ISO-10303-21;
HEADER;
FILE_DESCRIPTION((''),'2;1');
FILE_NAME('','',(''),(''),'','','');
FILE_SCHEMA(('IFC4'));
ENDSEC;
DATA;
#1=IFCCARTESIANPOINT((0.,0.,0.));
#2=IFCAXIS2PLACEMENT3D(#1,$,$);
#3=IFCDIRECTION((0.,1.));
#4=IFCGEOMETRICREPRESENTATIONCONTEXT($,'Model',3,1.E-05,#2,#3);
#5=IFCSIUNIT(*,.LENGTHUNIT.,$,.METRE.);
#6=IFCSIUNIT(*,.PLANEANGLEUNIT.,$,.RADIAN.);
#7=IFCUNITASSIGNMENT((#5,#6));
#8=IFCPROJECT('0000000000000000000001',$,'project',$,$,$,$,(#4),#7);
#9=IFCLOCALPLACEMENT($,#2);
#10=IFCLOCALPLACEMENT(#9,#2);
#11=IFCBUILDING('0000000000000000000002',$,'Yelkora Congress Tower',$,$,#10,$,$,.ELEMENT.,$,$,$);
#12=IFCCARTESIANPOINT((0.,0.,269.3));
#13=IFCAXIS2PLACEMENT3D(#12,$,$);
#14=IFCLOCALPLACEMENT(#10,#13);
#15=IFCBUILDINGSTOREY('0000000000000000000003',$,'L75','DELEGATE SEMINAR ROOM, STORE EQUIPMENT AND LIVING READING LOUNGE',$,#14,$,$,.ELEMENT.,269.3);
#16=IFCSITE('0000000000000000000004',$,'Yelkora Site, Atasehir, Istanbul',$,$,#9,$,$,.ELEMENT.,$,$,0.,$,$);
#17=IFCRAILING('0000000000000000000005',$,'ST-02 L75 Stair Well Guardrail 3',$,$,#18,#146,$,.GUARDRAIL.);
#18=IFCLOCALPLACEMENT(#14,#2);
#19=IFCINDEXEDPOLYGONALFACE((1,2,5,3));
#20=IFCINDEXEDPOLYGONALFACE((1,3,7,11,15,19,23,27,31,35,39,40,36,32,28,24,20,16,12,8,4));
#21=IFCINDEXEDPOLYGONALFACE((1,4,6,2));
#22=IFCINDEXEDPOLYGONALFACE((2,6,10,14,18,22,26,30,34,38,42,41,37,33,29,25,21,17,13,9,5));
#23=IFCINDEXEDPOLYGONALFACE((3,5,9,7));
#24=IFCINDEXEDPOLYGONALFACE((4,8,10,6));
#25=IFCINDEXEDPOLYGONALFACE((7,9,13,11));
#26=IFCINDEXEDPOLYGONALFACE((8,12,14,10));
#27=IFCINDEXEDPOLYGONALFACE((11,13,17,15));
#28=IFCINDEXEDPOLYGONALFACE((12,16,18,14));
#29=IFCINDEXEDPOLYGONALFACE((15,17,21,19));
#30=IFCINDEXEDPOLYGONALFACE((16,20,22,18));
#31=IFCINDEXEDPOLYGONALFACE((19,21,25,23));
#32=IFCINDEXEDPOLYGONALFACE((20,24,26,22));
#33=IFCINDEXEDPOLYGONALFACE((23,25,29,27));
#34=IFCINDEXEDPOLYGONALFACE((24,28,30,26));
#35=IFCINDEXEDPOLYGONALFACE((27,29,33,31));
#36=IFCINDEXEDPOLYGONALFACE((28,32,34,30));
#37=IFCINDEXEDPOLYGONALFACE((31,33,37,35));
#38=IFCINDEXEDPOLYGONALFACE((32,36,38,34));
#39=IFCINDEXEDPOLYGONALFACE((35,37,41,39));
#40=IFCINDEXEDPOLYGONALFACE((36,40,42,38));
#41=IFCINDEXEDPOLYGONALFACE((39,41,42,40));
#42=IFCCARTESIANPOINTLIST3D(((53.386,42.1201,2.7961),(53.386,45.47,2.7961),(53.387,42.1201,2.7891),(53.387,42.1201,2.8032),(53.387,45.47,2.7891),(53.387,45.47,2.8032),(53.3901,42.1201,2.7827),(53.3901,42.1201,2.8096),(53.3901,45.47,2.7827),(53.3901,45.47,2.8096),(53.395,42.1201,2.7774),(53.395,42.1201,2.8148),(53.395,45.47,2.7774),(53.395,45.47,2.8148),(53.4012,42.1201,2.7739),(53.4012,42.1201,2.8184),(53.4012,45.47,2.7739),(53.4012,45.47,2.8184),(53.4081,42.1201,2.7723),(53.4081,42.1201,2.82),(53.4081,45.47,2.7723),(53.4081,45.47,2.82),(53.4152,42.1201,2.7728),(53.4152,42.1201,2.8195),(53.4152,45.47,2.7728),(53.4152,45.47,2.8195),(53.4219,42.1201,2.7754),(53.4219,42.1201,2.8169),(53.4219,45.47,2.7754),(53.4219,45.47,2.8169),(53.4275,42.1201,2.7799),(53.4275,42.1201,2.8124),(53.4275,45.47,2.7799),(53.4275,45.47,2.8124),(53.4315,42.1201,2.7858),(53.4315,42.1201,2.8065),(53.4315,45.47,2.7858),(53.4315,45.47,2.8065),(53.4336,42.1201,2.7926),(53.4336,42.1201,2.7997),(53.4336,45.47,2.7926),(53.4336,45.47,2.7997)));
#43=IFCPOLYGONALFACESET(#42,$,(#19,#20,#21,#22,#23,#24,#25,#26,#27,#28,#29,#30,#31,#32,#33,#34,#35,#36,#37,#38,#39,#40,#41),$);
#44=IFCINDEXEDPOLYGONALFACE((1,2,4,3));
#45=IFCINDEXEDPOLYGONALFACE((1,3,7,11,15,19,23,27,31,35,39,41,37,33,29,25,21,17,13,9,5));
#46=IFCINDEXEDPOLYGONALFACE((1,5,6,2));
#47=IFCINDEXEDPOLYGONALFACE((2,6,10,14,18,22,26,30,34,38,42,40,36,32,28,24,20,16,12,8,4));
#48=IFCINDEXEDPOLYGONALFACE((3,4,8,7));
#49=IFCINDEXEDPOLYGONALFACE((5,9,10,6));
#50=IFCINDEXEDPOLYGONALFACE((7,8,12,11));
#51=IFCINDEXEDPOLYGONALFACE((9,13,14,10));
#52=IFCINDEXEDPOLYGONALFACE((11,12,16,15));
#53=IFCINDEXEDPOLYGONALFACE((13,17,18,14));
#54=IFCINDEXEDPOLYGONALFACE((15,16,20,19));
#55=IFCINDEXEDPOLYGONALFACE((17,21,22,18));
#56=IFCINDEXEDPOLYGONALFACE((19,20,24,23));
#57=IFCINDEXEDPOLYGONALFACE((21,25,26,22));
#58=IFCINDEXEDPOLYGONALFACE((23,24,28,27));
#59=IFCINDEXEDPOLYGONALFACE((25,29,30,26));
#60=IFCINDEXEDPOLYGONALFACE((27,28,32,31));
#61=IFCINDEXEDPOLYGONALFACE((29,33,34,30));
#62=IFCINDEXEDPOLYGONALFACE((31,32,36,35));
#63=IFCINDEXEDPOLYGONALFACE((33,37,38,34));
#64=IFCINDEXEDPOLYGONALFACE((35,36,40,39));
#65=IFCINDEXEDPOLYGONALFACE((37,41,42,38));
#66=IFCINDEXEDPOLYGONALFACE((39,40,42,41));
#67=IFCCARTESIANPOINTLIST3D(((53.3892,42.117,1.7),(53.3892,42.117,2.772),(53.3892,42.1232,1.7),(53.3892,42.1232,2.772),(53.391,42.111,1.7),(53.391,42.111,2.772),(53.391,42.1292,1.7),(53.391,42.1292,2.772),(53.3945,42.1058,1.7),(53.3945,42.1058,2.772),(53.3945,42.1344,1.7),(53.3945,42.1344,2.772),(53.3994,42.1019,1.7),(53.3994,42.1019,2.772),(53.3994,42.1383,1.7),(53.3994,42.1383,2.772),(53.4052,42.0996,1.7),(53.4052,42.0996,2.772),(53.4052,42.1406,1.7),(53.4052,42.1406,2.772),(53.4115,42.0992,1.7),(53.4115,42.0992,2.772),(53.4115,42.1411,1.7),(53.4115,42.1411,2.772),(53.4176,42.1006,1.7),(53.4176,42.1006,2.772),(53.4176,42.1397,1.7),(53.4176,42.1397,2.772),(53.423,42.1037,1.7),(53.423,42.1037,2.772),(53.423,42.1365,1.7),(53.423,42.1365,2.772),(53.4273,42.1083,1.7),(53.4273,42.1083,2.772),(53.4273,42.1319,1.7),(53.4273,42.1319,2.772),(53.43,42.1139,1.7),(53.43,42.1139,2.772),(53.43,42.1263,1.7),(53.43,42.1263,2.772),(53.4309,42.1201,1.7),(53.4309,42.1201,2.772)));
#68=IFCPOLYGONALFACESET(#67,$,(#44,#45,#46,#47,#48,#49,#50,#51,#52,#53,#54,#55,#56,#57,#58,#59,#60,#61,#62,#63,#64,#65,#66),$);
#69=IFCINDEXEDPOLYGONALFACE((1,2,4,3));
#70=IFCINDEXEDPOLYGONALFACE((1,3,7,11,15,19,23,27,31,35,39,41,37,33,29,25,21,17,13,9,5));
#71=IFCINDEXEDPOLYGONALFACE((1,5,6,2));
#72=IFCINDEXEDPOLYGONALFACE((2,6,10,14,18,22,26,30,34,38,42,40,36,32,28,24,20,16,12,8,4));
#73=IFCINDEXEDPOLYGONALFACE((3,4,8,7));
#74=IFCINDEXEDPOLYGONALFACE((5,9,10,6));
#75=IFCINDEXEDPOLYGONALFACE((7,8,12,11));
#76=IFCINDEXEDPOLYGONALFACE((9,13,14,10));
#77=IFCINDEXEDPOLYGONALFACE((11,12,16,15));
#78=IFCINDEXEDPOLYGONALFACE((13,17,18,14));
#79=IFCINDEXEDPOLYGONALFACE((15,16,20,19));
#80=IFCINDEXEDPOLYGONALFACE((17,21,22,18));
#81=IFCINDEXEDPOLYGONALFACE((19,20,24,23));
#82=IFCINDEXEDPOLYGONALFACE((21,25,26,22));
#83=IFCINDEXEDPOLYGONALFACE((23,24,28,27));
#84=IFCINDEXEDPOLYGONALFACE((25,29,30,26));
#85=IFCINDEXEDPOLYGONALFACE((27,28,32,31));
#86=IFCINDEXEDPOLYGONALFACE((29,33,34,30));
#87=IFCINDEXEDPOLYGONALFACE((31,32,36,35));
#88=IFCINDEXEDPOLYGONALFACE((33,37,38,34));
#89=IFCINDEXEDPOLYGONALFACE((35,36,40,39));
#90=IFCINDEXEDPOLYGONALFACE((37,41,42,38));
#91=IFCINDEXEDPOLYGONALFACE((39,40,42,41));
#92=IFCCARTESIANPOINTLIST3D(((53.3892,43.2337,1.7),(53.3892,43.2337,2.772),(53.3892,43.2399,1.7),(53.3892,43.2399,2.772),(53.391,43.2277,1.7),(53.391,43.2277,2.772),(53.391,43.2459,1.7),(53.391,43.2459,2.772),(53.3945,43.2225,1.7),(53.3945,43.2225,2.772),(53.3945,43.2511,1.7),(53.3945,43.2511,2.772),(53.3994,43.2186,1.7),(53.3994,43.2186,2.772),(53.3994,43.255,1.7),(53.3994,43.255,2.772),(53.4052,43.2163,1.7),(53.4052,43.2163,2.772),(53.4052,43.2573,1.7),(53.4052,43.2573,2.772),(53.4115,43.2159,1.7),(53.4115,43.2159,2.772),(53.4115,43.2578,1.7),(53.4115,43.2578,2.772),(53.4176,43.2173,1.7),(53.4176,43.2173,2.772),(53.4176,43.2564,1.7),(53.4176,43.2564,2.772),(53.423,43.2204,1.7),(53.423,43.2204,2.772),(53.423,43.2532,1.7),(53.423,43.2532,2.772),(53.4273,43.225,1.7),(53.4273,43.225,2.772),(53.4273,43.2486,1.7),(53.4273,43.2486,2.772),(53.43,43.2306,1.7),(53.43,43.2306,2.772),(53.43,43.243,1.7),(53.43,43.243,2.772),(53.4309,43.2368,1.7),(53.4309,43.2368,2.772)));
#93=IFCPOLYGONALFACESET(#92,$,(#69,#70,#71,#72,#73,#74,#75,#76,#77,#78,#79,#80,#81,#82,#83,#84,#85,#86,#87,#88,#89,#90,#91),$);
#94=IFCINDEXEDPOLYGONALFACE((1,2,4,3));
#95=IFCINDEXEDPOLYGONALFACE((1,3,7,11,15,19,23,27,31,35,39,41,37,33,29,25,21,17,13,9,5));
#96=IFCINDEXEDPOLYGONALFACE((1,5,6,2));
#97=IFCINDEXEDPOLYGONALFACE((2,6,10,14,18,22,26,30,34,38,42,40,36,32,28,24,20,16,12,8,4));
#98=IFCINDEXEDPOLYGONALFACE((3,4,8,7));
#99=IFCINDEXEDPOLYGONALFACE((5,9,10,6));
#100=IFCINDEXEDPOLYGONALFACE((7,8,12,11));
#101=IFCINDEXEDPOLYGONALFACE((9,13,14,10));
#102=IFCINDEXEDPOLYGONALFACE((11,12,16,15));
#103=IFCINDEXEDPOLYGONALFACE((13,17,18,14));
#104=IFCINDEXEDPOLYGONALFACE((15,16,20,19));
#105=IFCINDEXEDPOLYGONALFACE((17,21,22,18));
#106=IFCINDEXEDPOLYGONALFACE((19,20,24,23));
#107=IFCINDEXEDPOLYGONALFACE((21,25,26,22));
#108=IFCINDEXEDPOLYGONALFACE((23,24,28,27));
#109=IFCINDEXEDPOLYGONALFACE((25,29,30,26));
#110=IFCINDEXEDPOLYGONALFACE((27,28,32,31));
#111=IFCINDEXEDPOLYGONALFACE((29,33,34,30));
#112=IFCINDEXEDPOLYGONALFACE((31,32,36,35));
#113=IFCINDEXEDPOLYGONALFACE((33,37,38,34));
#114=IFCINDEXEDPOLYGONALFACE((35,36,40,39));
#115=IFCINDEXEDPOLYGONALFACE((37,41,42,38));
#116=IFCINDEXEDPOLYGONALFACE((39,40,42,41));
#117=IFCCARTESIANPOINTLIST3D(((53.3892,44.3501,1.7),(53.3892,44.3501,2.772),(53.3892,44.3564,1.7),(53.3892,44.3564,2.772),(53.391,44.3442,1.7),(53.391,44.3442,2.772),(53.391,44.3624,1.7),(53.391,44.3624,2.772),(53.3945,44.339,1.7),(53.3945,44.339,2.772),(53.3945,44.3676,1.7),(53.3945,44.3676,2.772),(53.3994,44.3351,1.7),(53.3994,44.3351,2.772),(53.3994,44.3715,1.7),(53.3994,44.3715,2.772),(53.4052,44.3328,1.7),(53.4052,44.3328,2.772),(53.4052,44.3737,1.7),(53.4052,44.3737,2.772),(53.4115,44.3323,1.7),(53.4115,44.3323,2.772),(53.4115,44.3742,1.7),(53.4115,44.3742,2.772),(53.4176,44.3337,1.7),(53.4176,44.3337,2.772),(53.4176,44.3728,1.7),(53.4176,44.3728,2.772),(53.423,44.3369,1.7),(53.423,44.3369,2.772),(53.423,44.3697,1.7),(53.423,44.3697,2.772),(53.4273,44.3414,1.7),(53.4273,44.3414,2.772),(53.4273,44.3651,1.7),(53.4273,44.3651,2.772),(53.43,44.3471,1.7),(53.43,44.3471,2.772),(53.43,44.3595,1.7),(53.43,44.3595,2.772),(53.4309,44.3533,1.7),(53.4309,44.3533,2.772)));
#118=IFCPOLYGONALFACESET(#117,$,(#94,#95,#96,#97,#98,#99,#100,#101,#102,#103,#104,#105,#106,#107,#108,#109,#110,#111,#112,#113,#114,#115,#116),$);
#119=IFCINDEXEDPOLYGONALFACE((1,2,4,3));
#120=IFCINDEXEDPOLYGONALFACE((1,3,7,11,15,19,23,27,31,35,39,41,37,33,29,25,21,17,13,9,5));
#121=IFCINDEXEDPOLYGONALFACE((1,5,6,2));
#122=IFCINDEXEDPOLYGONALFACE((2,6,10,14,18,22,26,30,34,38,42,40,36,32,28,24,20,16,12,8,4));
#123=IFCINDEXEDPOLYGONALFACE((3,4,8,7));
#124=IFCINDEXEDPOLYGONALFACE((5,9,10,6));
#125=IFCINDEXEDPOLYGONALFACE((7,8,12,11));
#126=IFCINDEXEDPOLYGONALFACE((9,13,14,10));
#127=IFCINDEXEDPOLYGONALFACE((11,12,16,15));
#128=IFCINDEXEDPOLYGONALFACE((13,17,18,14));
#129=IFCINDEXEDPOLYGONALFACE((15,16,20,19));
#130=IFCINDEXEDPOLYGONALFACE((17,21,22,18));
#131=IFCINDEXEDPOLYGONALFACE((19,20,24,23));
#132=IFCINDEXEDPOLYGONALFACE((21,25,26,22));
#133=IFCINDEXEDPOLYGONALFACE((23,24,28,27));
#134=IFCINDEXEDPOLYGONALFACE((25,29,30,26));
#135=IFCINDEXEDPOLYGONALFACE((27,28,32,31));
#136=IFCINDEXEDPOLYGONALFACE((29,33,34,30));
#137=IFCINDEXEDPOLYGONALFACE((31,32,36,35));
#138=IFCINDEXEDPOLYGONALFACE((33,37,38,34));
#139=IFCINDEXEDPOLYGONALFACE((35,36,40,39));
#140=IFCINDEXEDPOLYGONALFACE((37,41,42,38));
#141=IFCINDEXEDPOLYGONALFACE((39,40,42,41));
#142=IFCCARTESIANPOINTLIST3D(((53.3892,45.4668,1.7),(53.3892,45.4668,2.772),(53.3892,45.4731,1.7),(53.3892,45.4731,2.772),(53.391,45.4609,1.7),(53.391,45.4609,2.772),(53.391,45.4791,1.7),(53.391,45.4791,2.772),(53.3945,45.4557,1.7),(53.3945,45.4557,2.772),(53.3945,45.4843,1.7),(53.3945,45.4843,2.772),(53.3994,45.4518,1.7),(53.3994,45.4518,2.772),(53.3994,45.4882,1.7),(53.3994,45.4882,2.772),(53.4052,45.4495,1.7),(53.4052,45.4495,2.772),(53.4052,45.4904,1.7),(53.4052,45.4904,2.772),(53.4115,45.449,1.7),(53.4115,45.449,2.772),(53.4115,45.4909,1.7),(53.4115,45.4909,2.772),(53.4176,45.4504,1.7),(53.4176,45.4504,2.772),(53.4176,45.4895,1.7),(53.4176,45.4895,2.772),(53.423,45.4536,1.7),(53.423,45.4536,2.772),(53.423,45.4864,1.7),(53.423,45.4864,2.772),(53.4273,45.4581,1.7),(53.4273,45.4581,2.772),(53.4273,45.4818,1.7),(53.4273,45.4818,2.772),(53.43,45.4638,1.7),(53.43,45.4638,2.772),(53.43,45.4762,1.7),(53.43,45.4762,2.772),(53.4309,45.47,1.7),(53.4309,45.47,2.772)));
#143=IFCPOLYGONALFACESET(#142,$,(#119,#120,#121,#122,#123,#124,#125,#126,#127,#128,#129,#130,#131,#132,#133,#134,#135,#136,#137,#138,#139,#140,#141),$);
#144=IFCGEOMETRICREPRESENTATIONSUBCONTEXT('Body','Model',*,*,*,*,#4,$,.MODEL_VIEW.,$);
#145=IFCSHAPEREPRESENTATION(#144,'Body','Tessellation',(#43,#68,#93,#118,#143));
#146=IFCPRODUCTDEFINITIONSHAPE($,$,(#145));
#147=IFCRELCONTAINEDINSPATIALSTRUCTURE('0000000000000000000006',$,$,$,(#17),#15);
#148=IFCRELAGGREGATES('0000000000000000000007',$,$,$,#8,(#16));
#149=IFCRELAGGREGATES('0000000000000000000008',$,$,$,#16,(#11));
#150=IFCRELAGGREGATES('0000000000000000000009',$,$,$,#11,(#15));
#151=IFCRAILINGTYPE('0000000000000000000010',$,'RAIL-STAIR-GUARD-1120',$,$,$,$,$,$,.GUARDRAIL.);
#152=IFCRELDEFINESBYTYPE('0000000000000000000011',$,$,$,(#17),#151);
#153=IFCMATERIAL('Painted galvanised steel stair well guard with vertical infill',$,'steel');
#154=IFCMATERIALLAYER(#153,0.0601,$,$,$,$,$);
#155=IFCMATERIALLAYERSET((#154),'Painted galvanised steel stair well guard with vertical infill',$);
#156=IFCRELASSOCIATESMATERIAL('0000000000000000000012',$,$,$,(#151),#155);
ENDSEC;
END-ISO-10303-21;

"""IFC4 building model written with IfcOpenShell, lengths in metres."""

from ifc_helpers import new_model, si_unit, direction, frame, origin, origin_2d, place, context, subcontext, project, spatial, circle, extrude, material, layer, layer_set, type_object, element, save


model = new_model("IFC4")

# Units and contexts
model_context = context("Model", 3, precision=1e-05, world=origin(), true_north=direction((0.0, 1.0)))
body_context = subcontext(model_context, "Body", "Model", "MODEL_VIEW")
ifc_project = project(units=[si_unit("LENGTHUNIT", "METRE"), si_unit("PLANEANGLEUNIT", "RADIAN")], contexts=[model_context])

# Site, building, storey
site_placement = place(None, origin())
site = spatial("IfcSite", under=ifc_project, at=site_placement, Name="Yelkora Site, Atasehir, Istanbul", CompositionType="ELEMENT", RefElevation=0.0)
building_placement = place(site_placement, origin())
building = spatial("IfcBuilding", under=site, at=building_placement, Name="Yelkora Congress Tower", CompositionType="ELEMENT")
storey_placement = place(building_placement, frame((0.0, 0.0, 269.3)))
storey = spatial("IfcBuildingStorey", under=building, at=storey_placement, Name="L75", Description="DELEGATE SEMINAR ROOM, STORE EQUIPMENT AND LIVING READING LOUNGE", CompositionType="ELEMENT", Elevation=269.3)

# Railing
ifc_material_1 = material(Name="Painted galvanised steel stair well guard with vertical infill", Category="steel")
ifc_layer_1 = layer(ifc_material_1, 0.0601)
ifc_layer_set_1 = layer_set([ifc_layer_1], Name="Painted galvanised steel stair well guard with vertical infill")
railing_type_1 = type_object("IfcRailingType", Name="RAIL-STAIR-GUARD-1120", PredefinedType="GUARDRAIL", material=ifc_layer_set_1)
for number, where, name in (
    (1, (53.4099, 42.1201, 1.7), "ST-02 L75 Stair Well Guardrail 3"),
):
    element("IfcRailing", number, at=place(storey_placement, frame(where)), inside=storey, type_object=railing_type_1, Name=name, PredefinedType="GUARDRAIL", context=body_context, shape_type="SweptSolid", body=[
        extrude(circle(Radius=0.0239, at=origin_2d()), frame((0.0, 0.0, 1.0962), z_axis=(0.0, 1.0, 0.0), x_axis=(-1.0, 0.0, 0.0)), (0.0, 0.0, 1.0), 3.3499),
        extrude(circle(Radius=0.021, at=origin_2d()), origin(), (0.0, 0.0, 1.0), 1.072),
        extrude(circle(Radius=0.021, at=origin_2d()), frame((0.0, 1.1167, 0.0)), (0.0, 0.0, 1.0), 1.072),
        extrude(circle(Radius=0.021, at=origin_2d()), frame((0.0, 2.2332, 0.0)), (0.0, 0.0, 1.0), 1.072),
        extrude(circle(Radius=0.021, at=origin_2d()), frame((0.0, 3.3499, 0.0)), (0.0, 0.0, 1.0), 1.072),
    ])

save(model, "model.ifc")
